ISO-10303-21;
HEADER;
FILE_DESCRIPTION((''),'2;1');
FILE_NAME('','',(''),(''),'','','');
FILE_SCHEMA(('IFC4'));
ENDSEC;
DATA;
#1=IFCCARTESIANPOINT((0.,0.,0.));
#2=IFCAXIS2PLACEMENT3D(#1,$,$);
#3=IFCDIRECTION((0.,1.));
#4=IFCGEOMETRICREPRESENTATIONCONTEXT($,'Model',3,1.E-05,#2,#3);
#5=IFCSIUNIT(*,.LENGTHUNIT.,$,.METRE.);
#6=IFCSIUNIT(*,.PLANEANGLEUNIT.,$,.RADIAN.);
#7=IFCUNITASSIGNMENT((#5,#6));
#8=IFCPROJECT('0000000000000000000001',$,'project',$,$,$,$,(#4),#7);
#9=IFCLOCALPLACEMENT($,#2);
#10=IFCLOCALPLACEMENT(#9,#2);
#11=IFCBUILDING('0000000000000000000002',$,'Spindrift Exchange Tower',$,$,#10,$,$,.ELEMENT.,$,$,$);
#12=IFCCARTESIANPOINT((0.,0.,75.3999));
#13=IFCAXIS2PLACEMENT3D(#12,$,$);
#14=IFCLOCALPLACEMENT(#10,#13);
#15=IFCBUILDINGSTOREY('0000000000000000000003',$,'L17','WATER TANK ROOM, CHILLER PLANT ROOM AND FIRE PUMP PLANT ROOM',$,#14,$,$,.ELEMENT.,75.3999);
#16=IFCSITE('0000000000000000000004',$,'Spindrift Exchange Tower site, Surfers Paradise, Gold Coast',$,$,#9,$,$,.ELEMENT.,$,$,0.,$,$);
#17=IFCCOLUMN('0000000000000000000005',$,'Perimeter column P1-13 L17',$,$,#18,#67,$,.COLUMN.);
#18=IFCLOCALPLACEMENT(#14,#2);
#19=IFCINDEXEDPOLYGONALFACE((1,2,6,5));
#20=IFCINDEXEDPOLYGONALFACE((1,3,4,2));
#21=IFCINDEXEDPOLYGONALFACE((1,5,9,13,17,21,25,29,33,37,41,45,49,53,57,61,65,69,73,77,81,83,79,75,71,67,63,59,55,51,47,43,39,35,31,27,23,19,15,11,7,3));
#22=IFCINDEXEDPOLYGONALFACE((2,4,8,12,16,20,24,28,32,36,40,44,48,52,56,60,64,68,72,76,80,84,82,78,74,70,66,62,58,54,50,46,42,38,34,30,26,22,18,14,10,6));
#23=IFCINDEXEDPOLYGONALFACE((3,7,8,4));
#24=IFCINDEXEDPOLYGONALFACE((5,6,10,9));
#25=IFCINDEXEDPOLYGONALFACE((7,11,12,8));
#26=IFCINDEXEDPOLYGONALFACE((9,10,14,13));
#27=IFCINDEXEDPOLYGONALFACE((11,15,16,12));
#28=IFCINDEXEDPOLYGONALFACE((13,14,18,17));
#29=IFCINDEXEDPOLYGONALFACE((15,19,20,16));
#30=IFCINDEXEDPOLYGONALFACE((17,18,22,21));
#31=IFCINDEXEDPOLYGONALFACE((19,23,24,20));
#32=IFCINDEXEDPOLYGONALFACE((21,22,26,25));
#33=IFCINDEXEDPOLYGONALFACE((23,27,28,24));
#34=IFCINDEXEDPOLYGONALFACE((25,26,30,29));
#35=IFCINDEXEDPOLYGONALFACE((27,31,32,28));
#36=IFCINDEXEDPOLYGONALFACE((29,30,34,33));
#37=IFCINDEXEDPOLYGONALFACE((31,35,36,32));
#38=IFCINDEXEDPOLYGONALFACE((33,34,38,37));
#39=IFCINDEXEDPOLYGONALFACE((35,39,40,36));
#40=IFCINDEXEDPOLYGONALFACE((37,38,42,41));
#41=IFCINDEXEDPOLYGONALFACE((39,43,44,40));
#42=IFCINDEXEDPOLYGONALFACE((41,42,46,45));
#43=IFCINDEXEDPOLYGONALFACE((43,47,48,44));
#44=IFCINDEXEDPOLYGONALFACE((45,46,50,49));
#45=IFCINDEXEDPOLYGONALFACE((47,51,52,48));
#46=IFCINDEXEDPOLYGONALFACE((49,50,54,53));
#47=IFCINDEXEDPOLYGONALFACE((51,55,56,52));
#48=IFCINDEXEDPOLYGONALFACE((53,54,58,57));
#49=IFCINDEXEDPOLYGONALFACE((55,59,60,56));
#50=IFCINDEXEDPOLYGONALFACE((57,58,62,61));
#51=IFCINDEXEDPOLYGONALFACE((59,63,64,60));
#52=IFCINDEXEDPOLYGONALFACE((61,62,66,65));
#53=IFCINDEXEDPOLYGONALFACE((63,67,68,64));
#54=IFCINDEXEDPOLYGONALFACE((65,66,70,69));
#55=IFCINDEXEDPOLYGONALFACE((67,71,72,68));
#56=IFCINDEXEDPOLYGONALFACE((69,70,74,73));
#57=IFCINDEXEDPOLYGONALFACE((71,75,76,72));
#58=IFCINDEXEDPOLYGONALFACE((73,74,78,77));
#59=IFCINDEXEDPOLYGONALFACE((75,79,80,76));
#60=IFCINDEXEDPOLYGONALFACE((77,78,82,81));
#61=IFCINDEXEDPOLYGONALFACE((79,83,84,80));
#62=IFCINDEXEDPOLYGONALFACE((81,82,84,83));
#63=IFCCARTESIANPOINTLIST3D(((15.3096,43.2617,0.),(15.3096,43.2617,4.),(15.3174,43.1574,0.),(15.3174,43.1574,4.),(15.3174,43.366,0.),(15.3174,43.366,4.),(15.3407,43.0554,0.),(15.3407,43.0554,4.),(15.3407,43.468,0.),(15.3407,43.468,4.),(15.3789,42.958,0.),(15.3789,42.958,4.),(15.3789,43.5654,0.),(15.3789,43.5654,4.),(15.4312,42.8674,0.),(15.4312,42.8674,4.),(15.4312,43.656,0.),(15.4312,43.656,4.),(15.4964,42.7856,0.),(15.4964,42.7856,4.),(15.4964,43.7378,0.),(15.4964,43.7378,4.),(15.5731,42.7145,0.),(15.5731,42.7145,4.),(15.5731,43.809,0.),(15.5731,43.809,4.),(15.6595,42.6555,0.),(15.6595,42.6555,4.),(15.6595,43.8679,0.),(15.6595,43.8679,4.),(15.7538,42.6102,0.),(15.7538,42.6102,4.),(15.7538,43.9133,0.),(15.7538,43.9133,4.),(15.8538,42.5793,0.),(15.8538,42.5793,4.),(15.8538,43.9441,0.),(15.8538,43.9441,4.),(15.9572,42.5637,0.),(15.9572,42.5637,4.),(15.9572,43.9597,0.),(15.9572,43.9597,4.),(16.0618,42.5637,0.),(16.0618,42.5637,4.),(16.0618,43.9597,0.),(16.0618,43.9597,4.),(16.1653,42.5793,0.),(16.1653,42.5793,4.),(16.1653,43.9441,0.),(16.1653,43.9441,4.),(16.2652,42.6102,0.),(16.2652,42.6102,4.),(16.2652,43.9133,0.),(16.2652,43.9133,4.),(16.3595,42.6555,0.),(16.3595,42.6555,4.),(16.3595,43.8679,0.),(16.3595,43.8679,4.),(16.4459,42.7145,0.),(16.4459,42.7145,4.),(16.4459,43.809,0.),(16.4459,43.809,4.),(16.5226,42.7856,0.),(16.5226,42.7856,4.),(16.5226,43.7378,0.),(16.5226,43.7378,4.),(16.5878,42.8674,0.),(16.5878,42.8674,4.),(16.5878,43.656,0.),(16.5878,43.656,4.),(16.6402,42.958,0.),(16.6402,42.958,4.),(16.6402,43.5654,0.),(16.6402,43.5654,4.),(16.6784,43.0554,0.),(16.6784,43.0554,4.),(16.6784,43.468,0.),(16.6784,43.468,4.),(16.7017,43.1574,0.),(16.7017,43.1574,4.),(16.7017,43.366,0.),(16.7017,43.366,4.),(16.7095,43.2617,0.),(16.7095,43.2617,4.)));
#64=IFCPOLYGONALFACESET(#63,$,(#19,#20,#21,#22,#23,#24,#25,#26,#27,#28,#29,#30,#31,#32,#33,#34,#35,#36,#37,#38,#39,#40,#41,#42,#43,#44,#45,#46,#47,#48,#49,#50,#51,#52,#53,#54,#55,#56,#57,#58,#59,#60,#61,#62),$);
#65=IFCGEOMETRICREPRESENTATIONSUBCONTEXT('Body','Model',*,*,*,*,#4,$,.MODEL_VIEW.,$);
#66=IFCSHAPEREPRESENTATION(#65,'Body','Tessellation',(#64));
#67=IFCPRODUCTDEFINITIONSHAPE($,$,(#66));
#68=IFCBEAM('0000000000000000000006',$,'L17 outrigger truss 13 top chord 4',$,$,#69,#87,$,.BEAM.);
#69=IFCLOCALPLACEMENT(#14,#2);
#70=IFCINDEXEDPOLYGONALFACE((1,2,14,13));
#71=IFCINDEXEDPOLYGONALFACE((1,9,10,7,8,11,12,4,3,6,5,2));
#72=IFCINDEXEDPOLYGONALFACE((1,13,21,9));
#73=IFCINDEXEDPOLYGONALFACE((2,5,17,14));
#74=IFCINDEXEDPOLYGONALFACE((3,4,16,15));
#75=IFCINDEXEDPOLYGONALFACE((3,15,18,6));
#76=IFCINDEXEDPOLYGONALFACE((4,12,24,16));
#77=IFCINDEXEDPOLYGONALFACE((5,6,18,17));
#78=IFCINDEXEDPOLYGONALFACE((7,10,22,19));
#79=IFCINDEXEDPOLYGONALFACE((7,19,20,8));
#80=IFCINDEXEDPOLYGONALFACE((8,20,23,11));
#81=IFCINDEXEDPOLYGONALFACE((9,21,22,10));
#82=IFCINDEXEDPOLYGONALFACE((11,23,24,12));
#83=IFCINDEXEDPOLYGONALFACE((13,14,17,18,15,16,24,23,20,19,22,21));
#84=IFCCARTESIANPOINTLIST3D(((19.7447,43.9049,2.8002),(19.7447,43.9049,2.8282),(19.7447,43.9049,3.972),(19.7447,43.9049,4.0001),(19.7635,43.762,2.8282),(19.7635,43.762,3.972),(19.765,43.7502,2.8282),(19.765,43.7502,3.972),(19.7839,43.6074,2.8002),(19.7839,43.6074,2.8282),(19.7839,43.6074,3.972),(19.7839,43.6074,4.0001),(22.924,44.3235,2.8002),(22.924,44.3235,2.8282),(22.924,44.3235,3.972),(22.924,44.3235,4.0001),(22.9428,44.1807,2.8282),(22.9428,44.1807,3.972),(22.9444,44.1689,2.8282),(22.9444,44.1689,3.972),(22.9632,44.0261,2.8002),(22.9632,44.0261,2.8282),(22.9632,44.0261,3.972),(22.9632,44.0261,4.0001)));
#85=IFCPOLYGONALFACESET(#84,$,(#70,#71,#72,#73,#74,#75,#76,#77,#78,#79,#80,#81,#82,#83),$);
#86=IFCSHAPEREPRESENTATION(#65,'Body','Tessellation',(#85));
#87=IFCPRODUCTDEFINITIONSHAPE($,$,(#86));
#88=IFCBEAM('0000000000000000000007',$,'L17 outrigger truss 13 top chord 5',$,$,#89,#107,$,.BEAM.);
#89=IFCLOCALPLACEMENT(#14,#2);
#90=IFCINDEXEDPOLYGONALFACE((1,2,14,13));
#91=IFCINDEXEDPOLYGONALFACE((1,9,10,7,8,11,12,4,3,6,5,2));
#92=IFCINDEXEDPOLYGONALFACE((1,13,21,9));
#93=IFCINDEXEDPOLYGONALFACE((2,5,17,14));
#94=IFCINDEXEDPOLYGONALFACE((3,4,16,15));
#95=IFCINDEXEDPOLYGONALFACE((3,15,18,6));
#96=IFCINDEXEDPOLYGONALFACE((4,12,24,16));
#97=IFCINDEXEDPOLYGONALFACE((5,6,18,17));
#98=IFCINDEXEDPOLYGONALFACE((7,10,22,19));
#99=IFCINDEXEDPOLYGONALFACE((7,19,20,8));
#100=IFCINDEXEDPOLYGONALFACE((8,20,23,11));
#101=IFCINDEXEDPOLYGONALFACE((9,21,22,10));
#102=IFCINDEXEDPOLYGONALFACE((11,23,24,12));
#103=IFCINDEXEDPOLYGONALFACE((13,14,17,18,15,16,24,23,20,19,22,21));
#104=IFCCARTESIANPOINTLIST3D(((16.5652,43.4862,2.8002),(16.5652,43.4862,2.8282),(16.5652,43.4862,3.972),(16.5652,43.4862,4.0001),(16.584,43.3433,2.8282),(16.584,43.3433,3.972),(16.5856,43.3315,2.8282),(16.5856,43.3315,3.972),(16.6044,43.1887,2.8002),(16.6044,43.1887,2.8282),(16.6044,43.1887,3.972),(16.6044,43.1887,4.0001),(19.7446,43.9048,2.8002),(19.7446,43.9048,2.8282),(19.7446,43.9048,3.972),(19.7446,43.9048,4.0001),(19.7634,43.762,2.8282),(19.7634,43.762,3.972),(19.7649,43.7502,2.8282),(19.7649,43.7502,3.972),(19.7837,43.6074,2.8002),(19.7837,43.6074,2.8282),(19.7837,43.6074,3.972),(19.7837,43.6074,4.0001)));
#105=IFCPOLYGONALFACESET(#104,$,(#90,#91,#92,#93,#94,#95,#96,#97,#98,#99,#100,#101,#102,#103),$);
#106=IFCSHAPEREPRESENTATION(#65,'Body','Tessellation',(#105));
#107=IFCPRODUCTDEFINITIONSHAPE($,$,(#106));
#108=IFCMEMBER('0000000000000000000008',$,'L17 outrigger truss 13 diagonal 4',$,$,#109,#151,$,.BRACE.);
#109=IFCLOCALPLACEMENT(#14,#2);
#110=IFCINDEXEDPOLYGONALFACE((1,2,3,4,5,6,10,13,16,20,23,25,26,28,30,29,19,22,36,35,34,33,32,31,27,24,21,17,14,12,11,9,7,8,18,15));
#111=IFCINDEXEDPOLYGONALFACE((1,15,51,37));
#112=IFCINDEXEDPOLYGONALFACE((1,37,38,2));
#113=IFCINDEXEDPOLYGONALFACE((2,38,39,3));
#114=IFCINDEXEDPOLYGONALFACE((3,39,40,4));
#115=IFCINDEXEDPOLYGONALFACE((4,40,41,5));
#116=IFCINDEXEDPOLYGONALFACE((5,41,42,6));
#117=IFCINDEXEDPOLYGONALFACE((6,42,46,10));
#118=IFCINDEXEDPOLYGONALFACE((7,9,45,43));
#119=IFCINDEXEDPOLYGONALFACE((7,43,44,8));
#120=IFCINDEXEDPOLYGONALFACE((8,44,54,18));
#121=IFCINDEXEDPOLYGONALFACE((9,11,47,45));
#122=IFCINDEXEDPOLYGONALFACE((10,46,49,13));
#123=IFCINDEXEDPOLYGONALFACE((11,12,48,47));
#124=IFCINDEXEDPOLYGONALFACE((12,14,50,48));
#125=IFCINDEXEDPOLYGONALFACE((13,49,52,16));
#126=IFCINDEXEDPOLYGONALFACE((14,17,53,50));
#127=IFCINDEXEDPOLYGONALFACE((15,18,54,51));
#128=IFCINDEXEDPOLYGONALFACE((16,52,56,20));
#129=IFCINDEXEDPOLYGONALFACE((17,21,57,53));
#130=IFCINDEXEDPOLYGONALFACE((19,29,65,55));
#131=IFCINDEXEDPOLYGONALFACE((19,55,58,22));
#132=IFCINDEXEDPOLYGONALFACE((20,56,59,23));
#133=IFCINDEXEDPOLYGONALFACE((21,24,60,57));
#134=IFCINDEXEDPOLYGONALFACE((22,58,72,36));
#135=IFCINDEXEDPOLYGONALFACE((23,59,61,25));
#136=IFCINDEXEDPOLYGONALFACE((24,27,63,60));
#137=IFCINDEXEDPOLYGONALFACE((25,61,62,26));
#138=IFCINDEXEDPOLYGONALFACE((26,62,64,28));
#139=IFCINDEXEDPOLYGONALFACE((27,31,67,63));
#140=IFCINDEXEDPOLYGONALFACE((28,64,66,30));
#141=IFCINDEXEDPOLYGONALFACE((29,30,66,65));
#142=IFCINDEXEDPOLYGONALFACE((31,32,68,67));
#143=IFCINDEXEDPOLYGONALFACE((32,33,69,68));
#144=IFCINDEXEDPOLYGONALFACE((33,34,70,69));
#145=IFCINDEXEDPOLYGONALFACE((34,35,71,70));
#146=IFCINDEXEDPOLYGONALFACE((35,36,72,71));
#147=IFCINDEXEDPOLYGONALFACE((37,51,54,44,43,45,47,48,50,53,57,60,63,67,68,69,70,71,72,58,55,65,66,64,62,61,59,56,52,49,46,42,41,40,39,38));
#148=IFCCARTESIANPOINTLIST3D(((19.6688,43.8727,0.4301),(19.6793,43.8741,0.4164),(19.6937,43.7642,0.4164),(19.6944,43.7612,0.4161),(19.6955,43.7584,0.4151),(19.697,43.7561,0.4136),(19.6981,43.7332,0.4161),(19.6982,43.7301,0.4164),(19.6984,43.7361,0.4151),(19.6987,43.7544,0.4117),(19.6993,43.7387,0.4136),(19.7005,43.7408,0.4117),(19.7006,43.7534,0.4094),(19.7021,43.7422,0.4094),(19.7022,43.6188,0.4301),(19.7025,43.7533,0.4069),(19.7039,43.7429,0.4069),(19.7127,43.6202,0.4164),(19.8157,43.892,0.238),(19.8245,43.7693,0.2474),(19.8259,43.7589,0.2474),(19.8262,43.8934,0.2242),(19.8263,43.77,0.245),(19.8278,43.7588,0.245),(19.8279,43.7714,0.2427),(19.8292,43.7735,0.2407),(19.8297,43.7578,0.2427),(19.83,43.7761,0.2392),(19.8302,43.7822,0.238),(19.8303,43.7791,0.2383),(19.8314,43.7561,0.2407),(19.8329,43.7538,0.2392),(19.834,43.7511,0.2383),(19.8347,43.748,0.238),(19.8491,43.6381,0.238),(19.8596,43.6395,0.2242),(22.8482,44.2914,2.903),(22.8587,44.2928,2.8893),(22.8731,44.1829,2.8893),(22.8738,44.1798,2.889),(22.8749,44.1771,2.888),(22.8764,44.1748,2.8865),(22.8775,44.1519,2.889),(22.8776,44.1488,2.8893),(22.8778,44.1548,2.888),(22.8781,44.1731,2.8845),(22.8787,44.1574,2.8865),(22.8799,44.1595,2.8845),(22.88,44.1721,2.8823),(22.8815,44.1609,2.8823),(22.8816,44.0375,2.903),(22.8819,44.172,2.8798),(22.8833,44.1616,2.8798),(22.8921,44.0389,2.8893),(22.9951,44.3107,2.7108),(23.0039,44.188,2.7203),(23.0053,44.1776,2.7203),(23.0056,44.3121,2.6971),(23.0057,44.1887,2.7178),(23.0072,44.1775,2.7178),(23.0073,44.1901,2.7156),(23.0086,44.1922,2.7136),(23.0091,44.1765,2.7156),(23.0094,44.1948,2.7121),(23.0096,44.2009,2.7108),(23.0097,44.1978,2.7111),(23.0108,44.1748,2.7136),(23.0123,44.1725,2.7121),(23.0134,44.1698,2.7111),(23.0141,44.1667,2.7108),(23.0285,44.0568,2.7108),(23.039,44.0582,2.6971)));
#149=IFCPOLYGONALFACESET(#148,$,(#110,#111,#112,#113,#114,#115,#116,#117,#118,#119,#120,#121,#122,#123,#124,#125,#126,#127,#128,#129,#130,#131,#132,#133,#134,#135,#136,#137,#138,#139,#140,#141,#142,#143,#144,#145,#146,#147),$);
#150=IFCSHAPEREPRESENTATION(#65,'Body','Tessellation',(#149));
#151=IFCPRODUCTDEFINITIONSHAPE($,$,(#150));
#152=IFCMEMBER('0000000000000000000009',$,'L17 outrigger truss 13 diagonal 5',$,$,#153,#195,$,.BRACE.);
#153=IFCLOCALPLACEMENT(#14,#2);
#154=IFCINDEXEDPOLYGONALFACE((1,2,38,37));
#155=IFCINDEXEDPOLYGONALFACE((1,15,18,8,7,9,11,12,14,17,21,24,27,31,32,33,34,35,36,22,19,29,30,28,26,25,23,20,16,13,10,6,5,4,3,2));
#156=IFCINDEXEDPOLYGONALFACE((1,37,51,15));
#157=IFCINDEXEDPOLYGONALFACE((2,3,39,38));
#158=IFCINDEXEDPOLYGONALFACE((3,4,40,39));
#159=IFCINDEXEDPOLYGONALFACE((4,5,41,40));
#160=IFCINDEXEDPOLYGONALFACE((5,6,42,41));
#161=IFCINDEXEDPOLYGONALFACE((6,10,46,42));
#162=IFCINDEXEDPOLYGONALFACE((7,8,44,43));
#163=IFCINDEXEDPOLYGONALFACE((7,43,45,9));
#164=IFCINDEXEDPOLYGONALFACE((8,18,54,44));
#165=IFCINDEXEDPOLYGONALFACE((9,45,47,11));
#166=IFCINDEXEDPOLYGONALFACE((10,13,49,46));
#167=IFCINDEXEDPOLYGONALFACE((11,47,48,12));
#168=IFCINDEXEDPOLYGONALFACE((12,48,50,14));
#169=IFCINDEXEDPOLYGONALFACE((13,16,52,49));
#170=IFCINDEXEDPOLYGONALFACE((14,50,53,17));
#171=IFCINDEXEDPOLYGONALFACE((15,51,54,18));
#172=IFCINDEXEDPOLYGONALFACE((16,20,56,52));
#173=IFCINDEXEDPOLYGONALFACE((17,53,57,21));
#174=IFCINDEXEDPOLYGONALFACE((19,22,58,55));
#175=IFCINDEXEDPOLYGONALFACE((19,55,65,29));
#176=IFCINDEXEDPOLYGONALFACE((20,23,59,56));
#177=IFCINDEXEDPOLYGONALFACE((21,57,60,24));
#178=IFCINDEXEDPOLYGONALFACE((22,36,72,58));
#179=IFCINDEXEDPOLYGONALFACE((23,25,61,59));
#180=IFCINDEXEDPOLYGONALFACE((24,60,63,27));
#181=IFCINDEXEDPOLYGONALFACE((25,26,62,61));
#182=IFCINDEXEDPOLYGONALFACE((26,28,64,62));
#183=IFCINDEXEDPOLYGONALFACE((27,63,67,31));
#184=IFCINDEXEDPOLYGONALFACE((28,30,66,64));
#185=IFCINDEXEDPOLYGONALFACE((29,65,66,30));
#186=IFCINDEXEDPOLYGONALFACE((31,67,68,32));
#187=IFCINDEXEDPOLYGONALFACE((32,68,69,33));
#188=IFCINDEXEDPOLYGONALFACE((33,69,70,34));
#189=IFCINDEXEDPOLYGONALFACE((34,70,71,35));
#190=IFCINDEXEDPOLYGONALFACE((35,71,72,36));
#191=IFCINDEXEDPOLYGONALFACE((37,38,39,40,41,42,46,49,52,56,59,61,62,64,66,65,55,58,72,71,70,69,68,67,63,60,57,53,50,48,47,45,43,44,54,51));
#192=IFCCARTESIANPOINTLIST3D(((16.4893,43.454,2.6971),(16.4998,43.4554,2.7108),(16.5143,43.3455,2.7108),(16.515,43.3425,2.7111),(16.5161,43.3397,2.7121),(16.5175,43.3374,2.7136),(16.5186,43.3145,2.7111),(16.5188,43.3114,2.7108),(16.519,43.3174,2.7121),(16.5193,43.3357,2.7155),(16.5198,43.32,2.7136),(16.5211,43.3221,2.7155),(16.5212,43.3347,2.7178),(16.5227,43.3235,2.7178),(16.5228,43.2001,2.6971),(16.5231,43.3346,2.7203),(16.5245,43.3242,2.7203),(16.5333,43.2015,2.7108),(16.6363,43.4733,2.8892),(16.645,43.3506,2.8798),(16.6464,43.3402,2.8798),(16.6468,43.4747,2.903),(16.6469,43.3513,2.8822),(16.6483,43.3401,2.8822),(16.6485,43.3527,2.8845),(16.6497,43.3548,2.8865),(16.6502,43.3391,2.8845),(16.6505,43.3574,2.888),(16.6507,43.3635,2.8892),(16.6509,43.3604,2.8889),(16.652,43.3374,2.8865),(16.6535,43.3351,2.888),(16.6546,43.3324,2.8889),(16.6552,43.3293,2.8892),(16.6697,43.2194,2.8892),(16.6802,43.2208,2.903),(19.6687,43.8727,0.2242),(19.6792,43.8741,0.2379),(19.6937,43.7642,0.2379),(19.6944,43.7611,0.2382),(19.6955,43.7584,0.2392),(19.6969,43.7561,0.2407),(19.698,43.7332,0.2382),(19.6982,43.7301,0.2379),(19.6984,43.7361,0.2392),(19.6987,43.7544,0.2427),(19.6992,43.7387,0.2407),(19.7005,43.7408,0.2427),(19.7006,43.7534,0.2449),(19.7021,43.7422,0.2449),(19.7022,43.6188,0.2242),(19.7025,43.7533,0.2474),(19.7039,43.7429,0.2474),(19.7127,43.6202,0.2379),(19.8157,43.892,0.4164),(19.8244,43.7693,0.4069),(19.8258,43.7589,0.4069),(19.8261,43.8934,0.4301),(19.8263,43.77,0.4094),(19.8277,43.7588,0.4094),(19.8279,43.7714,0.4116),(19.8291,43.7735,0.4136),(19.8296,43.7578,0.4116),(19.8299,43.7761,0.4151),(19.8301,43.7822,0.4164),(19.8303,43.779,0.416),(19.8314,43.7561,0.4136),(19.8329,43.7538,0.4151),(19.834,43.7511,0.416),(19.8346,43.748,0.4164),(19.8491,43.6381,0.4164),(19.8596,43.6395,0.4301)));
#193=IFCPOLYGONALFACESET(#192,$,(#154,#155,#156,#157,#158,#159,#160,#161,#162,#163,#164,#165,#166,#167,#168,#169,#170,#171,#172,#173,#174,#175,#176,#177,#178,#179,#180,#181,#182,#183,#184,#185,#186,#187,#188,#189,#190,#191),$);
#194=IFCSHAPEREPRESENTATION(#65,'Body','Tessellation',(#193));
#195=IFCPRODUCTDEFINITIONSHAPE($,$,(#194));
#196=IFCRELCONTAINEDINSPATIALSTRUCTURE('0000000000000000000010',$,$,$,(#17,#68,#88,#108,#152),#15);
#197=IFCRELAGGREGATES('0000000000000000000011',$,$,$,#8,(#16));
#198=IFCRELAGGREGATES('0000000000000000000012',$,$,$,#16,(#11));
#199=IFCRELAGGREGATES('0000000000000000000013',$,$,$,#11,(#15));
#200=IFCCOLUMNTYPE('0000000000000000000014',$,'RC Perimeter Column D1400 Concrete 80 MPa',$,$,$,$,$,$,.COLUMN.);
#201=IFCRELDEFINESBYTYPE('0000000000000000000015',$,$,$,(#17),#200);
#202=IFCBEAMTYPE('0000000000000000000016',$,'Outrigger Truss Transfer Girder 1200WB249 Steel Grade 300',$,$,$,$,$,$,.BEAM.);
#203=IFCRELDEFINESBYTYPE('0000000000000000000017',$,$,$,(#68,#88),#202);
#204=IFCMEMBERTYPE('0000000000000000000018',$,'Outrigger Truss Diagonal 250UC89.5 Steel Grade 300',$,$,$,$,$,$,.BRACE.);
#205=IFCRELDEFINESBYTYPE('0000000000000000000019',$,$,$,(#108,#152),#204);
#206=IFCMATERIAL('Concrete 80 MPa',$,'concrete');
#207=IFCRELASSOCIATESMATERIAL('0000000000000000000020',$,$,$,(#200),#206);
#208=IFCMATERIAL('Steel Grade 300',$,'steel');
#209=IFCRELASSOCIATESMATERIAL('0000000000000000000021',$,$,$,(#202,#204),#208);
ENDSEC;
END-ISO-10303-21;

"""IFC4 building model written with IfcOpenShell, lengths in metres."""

from ifc_helpers import new_model, si_unit, direction, frame, origin, origin_2d, place, context, subcontext, project, spatial, circle, i_section, extrude, source, transform, mapped, material, material_profile, profile_set, type_object, element, save


model = new_model("IFC4")

# Units and contexts
model_context = context("Model", 3, precision=1e-05, world=origin(), true_north=direction((0.0, 1.0)))
body_context = subcontext(model_context, "Body", "Model", "MODEL_VIEW")
ifc_project = project(units=[si_unit("LENGTHUNIT", "METRE"), si_unit("PLANEANGLEUNIT", "RADIAN")], contexts=[model_context])

# Site, building, storey
site_placement = place(None, origin())
site = spatial("IfcSite", under=ifc_project, at=site_placement, Name="Spindrift Exchange Tower site, Surfers Paradise, Gold Coast", CompositionType="ELEMENT", RefElevation=0.0)
building_placement = place(site_placement, origin())
building = spatial("IfcBuilding", under=site, at=building_placement, Name="Spindrift Exchange Tower", CompositionType="ELEMENT")
storey_placement = place(building_placement, frame((0.0, 0.0, 75.3999)))
storey = spatial("IfcBuildingStorey", under=building, at=storey_placement, Name="L17", Description="WATER TANK ROOM, CHILLER PLANT ROOM AND FIRE PUMP PLANT ROOM", CompositionType="ELEMENT", Elevation=75.3999)

# Column
ifc_material_1 = material(Name="Concrete 80 MPa", Category="concrete")
ifc_material_profile_1 = material_profile(ifc_material_1, circle(Radius=0.7, at=origin_2d()), Name="RC D1400")
ifc_profile_set_1 = profile_set([ifc_material_profile_1], Name="Concrete 80 MPa")
column_type = type_object("IfcColumnType", Name="RC Perimeter Column D1400 Concrete 80 MPa", PredefinedType="COLUMN", material=ifc_profile_set_1)
shared_shape_1 = source(origin(), body_context, "Body", "SweptSolid", [
    extrude(circle(Radius=0.7, at=origin_2d()), origin(), (0.0, 0.0, 1.0), 4.0),
])
column_placement = place(storey_placement, frame((16.0095, 43.2617, 0.0), z_axis=(0.0, 0.0, 1.0), x_axis=(1.0, 0.0, 0.0)))
element("IfcColumn", 1, at=column_placement, inside=storey, type_object=column_type, Name="Perimeter column P1-13 L17", PredefinedType="COLUMN", context=body_context, shape_type="MappedRepresentation", body=[
    mapped(shared_shape_1, transform((0.0, 0.0, 0.0), scale=1.0)),
])

# Beams
ifc_material_2 = material(Name="Steel Grade 300", Category="steel")
ifc_material_profile_2 = material_profile(ifc_material_2, i_section(OverallWidth=0.3, OverallDepth=1.2, WebThickness=0.012, FlangeThickness=0.0281, at=origin_2d()), Name="1200WB249")
ifc_profile_set_2 = profile_set([ifc_material_profile_2], Name="Steel Grade 300")
beam_type_1 = type_object("IfcBeamType", Name="Outrigger Truss Transfer Girder 1200WB249 Steel Grade 300", PredefinedType="BEAM", material=ifc_profile_set_2)
shared_shape_2 = source(origin(), body_context, "Body", "SweptSolid", [
    extrude(i_section(OverallWidth=0.3, OverallDepth=1.2, WebThickness=0.012, FlangeThickness=0.0281, at=origin_2d()), origin(), (0.0, 0.0, 1.0), 3.2068),
])
for number, where, z_axis, x_axis, name in (
    (2, (22.9436, 44.1748, 3.4001), (-0.99144, -0.130563, 0.0), (0.130563, -0.99144, 0.0), "L17 outrigger truss 13 top chord 4"),
    (3, (19.7642, 43.7561, 3.4001), (-0.99144, -0.130563, 0.0), (0.130563, -0.99144, 0.0), "L17 outrigger truss 13 top chord 5"),
):
    element("IfcBeam", number, at=place(storey_placement, frame(where, z_axis=z_axis, x_axis=x_axis)), inside=storey, type_object=beam_type_1, Name=name, PredefinedType="BEAM", context=body_context, shape_type="MappedRepresentation", body=[
        mapped(shared_shape_2, transform((0.0, 0.0, 0.0), scale=1.0)),
    ])

# Members
ifc_material_profile_3 = material_profile(ifc_material_2, i_section(OverallWidth=0.2561, OverallDepth=0.26, WebThickness=0.0105, FlangeThickness=0.0173, FilletRadius=0.012, at=origin_2d()), Name="250UC89.5")
ifc_profile_set_3 = profile_set([ifc_material_profile_3], Name="Steel Grade 300")
member_type_1 = type_object("IfcMemberType", Name="Outrigger Truss Diagonal 250UC89.5 Steel Grade 300", PredefinedType="BRACE", material=ifc_profile_set_3)
shared_shape_3 = source(origin(), body_context, "Body", "SweptSolid", [
    extrude(i_section(OverallWidth=0.2561, OverallDepth=0.26, WebThickness=0.0105, FlangeThickness=0.0173, FilletRadius=0.012, at=origin_2d()), origin(), (0.0, 0.0, 1.0), 4.0496),
])
for number, where, z_axis, x_axis, name in (
    (4, (22.9436, 44.1748, 2.8), (-0.785122, -0.103393, -0.61065), (0.130563, -0.99144, 0.0), "L17 outrigger truss 13 diagonal 4"),
    (5, (19.7642, 43.7561, 0.3271), (-0.785122, -0.103393, 0.61065), (0.130563, -0.99144, 0.0), "L17 outrigger truss 13 diagonal 5"),
):
    element("IfcMember", number, at=place(storey_placement, frame(where, z_axis=z_axis, x_axis=x_axis)), inside=storey, type_object=member_type_1, Name=name, PredefinedType="BRACE", context=body_context, shape_type="MappedRepresentation", body=[
        mapped(shared_shape_3, transform((0.0, 0.0, 0.0), scale=1.0)),
    ])

save(model, "model.ifc")
